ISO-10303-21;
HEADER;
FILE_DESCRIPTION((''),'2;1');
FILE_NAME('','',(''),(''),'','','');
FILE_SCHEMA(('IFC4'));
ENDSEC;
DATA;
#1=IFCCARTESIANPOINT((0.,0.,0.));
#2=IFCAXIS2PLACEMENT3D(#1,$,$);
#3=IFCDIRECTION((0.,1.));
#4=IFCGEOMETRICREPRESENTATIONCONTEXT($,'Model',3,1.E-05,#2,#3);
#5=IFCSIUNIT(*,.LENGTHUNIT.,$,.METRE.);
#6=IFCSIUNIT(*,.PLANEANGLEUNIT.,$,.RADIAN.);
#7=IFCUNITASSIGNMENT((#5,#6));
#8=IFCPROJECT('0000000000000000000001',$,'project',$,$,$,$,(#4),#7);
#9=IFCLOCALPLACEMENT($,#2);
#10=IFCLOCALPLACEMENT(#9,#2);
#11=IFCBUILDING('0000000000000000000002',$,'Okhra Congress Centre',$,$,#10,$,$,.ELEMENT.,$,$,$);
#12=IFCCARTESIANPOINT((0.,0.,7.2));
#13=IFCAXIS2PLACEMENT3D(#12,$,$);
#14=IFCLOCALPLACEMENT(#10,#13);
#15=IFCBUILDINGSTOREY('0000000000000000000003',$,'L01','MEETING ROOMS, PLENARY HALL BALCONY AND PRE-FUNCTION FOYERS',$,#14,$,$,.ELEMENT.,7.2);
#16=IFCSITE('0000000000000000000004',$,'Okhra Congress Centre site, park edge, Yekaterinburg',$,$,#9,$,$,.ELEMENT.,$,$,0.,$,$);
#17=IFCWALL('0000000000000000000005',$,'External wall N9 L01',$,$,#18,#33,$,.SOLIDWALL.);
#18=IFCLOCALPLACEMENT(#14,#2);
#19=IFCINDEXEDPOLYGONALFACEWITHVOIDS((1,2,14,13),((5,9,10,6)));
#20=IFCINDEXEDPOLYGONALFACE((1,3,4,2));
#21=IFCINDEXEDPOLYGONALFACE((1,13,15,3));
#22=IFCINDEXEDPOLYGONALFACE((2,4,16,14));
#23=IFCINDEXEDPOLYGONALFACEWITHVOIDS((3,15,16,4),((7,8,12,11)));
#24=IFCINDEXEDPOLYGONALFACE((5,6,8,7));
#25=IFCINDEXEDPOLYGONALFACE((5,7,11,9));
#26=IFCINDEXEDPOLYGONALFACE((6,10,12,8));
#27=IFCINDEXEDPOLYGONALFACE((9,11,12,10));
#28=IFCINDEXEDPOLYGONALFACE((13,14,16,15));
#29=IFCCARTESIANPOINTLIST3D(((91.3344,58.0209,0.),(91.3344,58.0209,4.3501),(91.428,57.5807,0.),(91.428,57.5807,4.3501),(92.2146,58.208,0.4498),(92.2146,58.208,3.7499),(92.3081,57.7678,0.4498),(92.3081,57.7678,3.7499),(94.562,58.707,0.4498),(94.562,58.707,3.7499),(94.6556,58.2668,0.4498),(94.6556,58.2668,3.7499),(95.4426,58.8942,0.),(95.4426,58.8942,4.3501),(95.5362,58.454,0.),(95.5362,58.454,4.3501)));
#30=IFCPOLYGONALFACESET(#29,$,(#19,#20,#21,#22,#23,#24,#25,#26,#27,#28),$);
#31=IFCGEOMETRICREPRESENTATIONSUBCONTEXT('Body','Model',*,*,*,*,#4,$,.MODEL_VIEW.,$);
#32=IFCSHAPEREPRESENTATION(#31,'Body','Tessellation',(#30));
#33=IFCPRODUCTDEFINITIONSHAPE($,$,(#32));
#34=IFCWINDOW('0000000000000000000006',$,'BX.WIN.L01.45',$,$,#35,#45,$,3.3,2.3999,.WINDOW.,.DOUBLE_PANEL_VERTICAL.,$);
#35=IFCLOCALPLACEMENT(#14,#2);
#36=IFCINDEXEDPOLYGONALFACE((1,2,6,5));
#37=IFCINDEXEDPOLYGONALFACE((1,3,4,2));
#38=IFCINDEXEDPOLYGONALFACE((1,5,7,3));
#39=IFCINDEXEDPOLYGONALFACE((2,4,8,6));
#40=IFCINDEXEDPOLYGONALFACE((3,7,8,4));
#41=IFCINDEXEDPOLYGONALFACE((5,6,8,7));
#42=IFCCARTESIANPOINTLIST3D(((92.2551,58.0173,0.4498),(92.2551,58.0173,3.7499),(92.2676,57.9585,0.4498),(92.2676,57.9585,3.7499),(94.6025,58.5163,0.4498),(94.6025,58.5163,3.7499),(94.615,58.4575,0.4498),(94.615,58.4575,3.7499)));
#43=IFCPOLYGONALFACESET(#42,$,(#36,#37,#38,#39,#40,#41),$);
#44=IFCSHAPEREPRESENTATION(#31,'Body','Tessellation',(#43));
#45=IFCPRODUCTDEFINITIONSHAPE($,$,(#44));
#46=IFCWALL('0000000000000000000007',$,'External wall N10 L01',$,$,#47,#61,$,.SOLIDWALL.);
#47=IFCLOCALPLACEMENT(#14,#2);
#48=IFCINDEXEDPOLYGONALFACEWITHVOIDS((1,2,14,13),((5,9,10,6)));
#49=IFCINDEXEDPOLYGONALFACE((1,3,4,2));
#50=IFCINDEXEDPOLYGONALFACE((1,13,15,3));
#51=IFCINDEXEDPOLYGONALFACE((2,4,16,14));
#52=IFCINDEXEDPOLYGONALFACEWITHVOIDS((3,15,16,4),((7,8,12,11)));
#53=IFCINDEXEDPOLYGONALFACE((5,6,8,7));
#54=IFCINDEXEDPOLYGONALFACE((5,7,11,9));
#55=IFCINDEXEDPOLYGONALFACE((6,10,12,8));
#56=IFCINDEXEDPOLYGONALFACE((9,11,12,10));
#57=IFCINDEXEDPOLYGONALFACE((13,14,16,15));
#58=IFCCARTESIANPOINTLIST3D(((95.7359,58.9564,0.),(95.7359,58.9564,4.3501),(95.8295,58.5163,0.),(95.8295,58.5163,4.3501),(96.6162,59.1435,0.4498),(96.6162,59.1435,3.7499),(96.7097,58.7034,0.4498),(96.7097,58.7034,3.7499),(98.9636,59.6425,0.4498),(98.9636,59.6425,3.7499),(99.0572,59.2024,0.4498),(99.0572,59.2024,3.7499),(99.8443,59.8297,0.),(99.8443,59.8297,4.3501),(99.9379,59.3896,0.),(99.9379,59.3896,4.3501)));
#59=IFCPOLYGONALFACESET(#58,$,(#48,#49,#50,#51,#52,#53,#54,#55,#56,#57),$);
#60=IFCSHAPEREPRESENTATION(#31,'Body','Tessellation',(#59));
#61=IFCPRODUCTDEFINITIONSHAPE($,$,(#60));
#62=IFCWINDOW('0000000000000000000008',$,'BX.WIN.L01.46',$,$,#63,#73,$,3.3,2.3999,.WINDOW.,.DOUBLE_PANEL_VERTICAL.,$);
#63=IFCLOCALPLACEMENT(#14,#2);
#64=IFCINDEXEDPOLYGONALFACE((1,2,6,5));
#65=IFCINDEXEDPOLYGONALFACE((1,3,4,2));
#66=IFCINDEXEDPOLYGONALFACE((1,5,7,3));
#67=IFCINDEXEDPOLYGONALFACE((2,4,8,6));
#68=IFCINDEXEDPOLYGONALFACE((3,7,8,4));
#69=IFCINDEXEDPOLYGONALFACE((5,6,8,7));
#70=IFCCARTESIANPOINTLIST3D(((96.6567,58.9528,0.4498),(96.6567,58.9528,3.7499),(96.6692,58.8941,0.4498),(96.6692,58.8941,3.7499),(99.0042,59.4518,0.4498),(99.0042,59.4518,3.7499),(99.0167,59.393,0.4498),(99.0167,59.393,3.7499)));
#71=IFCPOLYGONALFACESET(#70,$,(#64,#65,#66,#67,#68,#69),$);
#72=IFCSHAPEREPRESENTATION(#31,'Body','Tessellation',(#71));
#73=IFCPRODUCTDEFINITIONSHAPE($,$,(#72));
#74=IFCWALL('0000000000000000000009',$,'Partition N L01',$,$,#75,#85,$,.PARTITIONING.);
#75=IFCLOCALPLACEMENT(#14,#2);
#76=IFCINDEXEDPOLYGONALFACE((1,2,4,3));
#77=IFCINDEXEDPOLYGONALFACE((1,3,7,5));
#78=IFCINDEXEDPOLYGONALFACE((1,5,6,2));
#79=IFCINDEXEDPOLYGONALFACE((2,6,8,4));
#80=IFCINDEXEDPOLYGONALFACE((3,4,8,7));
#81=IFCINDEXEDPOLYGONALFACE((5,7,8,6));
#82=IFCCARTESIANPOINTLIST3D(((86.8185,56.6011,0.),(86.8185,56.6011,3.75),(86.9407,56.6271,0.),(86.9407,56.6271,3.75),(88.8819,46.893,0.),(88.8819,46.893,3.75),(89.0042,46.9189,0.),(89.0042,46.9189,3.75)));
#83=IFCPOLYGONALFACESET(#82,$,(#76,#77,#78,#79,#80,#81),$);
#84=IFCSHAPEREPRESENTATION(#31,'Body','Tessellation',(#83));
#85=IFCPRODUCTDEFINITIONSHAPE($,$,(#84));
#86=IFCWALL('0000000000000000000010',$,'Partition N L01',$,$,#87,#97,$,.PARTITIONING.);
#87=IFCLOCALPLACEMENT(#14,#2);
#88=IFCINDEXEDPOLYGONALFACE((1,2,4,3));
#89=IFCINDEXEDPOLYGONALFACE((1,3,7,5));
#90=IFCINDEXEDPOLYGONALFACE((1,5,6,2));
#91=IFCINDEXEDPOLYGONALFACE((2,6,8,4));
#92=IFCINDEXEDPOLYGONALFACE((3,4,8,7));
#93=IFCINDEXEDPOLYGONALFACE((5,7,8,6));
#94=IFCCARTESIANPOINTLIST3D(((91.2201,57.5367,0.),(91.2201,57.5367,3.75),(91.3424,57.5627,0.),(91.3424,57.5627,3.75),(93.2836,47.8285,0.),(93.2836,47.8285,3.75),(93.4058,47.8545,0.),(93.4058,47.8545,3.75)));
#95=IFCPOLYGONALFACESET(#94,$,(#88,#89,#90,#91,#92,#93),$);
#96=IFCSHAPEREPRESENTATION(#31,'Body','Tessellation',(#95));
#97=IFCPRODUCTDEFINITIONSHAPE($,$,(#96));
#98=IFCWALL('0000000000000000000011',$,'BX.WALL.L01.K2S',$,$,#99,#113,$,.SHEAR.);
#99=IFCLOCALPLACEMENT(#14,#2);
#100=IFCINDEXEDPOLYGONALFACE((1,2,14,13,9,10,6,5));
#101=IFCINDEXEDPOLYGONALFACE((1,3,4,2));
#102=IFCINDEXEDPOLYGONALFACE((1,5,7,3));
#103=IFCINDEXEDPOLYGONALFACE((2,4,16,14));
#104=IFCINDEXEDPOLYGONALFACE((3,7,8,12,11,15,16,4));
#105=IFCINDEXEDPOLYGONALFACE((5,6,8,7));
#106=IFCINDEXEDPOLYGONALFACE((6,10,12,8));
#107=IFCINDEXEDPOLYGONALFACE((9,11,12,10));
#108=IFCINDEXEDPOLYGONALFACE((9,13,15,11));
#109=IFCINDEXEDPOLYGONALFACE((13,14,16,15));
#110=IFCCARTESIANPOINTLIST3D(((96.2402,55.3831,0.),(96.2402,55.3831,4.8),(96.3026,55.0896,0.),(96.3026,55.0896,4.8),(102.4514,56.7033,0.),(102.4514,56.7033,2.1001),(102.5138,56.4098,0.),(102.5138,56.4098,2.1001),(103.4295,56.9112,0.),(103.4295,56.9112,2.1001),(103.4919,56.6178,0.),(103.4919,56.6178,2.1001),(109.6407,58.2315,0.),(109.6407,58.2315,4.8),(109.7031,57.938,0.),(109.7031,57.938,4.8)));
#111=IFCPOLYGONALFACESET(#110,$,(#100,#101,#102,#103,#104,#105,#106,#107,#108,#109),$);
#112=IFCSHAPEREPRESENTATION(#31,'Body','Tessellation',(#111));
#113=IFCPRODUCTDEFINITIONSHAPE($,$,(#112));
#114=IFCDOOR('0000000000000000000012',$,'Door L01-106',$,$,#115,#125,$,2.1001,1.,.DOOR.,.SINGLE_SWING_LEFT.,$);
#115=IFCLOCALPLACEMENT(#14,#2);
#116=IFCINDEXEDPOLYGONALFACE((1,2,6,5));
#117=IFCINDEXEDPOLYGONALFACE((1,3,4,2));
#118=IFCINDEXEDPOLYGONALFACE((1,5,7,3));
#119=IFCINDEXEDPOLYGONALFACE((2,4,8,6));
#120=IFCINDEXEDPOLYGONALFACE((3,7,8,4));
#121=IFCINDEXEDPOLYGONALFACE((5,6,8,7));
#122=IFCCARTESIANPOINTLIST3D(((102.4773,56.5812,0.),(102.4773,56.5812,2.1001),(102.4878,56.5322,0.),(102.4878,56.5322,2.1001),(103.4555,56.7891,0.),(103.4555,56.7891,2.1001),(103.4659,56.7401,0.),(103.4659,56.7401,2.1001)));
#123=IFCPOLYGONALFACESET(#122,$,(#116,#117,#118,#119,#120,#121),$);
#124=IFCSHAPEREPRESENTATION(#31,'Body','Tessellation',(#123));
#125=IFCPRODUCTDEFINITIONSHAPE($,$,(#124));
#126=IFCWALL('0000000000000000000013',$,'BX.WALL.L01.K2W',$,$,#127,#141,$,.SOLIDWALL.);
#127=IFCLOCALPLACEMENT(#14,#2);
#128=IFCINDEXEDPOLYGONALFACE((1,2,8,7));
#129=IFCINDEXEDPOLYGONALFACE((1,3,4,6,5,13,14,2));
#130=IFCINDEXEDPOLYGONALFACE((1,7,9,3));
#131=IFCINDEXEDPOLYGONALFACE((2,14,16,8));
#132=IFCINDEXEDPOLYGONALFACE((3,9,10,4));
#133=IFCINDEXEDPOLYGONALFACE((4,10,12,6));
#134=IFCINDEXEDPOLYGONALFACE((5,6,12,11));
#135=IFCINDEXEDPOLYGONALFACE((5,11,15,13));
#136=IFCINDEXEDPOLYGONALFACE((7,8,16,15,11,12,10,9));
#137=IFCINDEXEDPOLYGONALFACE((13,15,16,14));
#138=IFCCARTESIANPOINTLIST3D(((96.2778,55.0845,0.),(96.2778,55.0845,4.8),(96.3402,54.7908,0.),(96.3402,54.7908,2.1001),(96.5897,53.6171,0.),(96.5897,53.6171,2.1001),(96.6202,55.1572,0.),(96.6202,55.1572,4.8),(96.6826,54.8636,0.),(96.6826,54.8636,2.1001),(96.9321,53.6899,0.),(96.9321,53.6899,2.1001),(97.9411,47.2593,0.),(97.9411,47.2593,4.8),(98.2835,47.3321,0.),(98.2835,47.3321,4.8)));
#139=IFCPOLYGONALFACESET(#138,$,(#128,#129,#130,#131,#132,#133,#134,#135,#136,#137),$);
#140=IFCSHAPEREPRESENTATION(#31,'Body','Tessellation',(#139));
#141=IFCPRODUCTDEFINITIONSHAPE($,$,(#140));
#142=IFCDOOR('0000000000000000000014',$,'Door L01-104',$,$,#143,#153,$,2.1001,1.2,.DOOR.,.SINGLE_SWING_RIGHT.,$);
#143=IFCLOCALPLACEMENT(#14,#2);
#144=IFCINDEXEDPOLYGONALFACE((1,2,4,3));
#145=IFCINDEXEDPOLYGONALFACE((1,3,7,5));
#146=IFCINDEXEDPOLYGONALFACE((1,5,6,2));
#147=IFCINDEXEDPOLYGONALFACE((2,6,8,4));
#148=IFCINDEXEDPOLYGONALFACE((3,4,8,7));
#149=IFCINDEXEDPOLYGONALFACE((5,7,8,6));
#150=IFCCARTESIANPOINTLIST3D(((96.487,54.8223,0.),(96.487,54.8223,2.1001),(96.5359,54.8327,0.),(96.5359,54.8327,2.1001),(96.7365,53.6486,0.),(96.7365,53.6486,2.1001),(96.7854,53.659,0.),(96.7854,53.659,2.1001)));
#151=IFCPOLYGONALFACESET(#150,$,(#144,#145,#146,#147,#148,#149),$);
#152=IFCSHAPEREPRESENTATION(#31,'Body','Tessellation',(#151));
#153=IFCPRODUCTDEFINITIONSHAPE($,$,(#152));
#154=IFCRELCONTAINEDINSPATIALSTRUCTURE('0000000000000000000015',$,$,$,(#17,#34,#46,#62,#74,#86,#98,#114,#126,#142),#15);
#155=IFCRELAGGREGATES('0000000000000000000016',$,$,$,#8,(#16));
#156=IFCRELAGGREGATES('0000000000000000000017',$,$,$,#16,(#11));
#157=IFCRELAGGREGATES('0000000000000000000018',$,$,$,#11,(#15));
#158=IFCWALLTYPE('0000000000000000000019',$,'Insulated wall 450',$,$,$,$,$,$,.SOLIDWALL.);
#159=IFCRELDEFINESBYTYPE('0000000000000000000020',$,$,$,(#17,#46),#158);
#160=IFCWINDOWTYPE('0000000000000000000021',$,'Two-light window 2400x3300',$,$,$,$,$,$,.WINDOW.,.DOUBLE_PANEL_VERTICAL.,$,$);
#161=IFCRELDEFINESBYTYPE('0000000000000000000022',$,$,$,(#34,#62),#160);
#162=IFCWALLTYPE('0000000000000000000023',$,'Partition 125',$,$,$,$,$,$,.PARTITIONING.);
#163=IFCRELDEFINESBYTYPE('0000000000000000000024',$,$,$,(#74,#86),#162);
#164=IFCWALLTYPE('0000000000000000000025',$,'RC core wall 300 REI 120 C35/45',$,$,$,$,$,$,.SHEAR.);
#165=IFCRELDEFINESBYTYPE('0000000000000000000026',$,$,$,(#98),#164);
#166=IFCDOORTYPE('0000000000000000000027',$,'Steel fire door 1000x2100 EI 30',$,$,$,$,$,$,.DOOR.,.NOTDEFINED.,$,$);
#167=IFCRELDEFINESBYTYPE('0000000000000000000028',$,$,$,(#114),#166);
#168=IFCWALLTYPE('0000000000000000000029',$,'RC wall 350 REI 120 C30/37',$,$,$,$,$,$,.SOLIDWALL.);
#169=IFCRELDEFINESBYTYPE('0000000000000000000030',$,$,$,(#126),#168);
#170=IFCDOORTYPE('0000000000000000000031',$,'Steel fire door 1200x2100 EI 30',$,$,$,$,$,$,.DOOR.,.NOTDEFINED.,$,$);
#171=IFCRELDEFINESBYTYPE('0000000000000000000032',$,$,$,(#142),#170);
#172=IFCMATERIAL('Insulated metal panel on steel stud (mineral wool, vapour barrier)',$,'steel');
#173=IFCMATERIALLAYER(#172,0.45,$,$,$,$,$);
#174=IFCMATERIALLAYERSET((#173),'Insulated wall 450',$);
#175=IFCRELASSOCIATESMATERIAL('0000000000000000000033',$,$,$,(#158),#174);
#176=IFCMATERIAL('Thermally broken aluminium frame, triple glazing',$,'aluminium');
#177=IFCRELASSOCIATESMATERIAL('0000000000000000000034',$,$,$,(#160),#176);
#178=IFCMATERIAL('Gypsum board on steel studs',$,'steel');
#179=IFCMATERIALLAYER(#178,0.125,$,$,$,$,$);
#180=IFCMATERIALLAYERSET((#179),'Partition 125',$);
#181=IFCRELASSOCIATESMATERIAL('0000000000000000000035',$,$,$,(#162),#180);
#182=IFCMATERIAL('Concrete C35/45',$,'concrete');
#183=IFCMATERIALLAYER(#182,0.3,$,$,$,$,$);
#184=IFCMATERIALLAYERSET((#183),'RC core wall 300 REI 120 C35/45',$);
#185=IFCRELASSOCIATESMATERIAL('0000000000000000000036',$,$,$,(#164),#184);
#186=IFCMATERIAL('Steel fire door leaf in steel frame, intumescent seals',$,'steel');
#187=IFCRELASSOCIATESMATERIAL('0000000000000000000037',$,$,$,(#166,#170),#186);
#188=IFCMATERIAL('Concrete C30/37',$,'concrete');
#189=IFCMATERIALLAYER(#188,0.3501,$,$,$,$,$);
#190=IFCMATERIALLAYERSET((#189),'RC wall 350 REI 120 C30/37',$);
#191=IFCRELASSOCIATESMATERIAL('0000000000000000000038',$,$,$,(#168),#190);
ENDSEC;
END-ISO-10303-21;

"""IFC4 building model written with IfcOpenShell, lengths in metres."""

from ifc_helpers import new_model, si_unit, direction, frame, frame_2d, origin, place, context, subcontext, project, spatial, rectangle, extrude, material, layer, layer_set, type_object, element, fill, save


model = new_model("IFC4")

# Units and contexts
model_context = context("Model", 3, precision=1e-05, world=origin(), true_north=direction((0.0, 1.0)))
body_context = subcontext(model_context, "Body", "Model", "MODEL_VIEW")
ifc_project = project(units=[si_unit("LENGTHUNIT", "METRE"), si_unit("PLANEANGLEUNIT", "RADIAN")], contexts=[model_context])

# Site, building, storey
site_placement = place(None, origin())
site = spatial("IfcSite", under=ifc_project, at=site_placement, Name="Okhra Congress Centre site, park edge, Yekaterinburg", CompositionType="ELEMENT", RefElevation=0.0)
building_placement = place(site_placement, origin())
building = spatial("IfcBuilding", under=site, at=building_placement, Name="Okhra Congress Centre", CompositionType="ELEMENT")
storey_placement = place(building_placement, frame((0.0, 0.0, 7.2)))
storey = spatial("IfcBuildingStorey", under=building, at=storey_placement, Name="L01", Description="MEETING ROOMS, PLENARY HALL BALCONY AND PRE-FUNCTION FOYERS", CompositionType="ELEMENT", Elevation=7.2)

# Walls, openings, windows
ifc_material_1 = material(Name="Insulated metal panel on steel stud (mineral wool, vapour barrier)", Category="steel")
ifc_layer_1 = layer(ifc_material_1, 0.45)
ifc_layer_set_1 = layer_set([ifc_layer_1], Name="Insulated wall 450")
wall_type_1 = type_object("IfcWallType", Name="Insulated wall 450", PredefinedType="SOLIDWALL", material=ifc_layer_set_1)
ifc_material_2 = material(Name="Thermally broken aluminium frame, triple glazing", Category="aluminium")
wall_1_placement = place(storey_placement, frame((91.3811, 57.8008, 0.0), z_axis=(0.0, 0.0, 1.0), x_axis=(0.978144, 0.207929, 0.0)))
wall_1 = element("IfcWall", 1, at=wall_1_placement, inside=storey, type_object=wall_type_1, Name="External wall N9 L01", PredefinedType="SOLIDWALL", context=body_context, shape_type="SweptSolid", body=[
    extrude(rectangle(XDim=4.2, YDim=0.45, at=frame_2d((2.1001, 0.0))), origin(), (0.0, 0.0, 1.0), 4.3501),
])
opening_1_placement = place(wall_1_placement, frame((0.8999, 0.0, 0.45)))
opening_1 = element("IfcOpeningElement", 2, at=opening_1_placement, cuts=wall_1, PredefinedType="OPENING", context=body_context, shape_type="SweptSolid", body=[
    extrude(rectangle(XDim=2.3999, YDim=3.3, at=frame_2d((1.2, 1.6499))), frame((0.0, 0.2349, 0.0), z_axis=(0.0, -1.0, 0.0), x_axis=(1.0, 0.0, 0.0)), (0.0, 0.0, 1.0), 0.47),
])
window_type_1 = type_object("IfcWindowType", Name="Two-light window 2400x3300", PartitioningType="DOUBLE_PANEL_VERTICAL", PredefinedType="WINDOW", material=ifc_material_2)
window_1_placement = place(opening_1_placement, origin())
window_1 = element("IfcWindow", 3, at=window_1_placement, inside=storey, type_object=window_type_1, Name="BX.WIN.L01.45", OverallHeight=3.3, OverallWidth=2.3999, PartitioningType="DOUBLE_PANEL_VERTICAL", PredefinedType="WINDOW", context=body_context, shape_type="SweptSolid", body=[
    extrude(rectangle(XDim=2.3999, YDim=3.3, at=frame_2d((1.2, 1.6499))), frame((0.0, 0.03, 0.0), z_axis=(0.0, -1.0, 0.0), x_axis=(1.0, 0.0, 0.0)), (0.0, 0.0, 1.0), 0.0601),
])
fill(opening_1, window_1)
wall_2_placement = place(storey_placement, frame((95.7827, 58.7363, 0.0), z_axis=(0.0, 0.0, 1.0), x_axis=(0.978146, 0.207917, 0.0)))
wall_2 = element("IfcWall", 4, at=wall_2_placement, inside=storey, type_object=wall_type_1, Name="External wall N10 L01", PredefinedType="SOLIDWALL", context=body_context, shape_type="SweptSolid", body=[
    extrude(rectangle(XDim=4.2002, YDim=0.45, at=frame_2d((2.1001, 0.0))), origin(), (0.0, 0.0, 1.0), 4.3501),
])
opening_2_placement = place(wall_2_placement, frame((0.8999, 0.0, 0.45)))
opening_2 = element("IfcOpeningElement", 5, at=opening_2_placement, cuts=wall_2, PredefinedType="OPENING", context=body_context, shape_type="SweptSolid", body=[
    extrude(rectangle(XDim=2.3999, YDim=3.3, at=frame_2d((1.2, 1.6499))), frame((0.0, 0.2349, 0.0), z_axis=(0.0, -1.0, 0.0), x_axis=(1.0, 0.0, 0.0)), (0.0, 0.0, 1.0), 0.47),
])
window_2_placement = place(opening_2_placement, origin())
window_2 = element("IfcWindow", 6, at=window_2_placement, inside=storey, type_object=window_type_1, Name="BX.WIN.L01.46", OverallHeight=3.3, OverallWidth=2.3999, PartitioningType="DOUBLE_PANEL_VERTICAL", PredefinedType="WINDOW", context=body_context, shape_type="SweptSolid", body=[
    extrude(rectangle(XDim=2.3999, YDim=3.3, at=frame_2d((1.2, 1.6499))), frame((0.0, 0.03, 0.0), z_axis=(0.0, -1.0, 0.0), x_axis=(1.0, 0.0, 0.0)), (0.0, 0.0, 1.0), 0.0601),
])
fill(opening_2, window_2)

# Walls
ifc_material_3 = material(Name="Gypsum board on steel studs", Category="steel")
ifc_layer_2 = layer(ifc_material_3, 0.125)
ifc_layer_set_2 = layer_set([ifc_layer_2], Name="Partition 125")
wall_type_2 = type_object("IfcWallType", Name="Partition 125", PredefinedType="PARTITIONING", material=ifc_layer_set_2)
for number, where, z_axis, x_axis, name in (
    (7, (86.8796, 56.614, 0.0), (0.0, 0.0, 1.0), (0.207904, -0.978149, 0.0), "Partition N L01"),
    (8, (91.2812, 57.5496, 0.0), (0.0, 0.0, 1.0), (0.207904, -0.978149, 0.0), "Partition N L01"),
):
    element("IfcWall", number, at=place(storey_placement, frame(where, z_axis=z_axis, x_axis=x_axis)), inside=storey, type_object=wall_type_2, Name=name, PredefinedType="PARTITIONING", context=body_context, shape_type="SweptSolid", body=[
        extrude(rectangle(XDim=9.925, YDim=0.125, at=frame_2d((4.9624, 0.0))), origin(), (0.0, 0.0, 1.0), 3.75),
    ])

# Walls, openings, doors
ifc_material_4 = material(Name="Concrete C35/45", Category="concrete")
ifc_layer_3 = layer(ifc_material_4, 0.3)
ifc_layer_set_3 = layer_set([ifc_layer_3], Name="RC core wall 300 REI 120 C35/45")
wall_type_3 = type_object("IfcWallType", Name="RC core wall 300 REI 120 C35/45", PredefinedType="SHEAR", material=ifc_layer_set_3)
wall_3_placement = place(storey_placement, frame((96.2712, 55.2363, 0.0), z_axis=(0.0, 0.0, 1.0), x_axis=(0.978148, 0.207911, 0.0)))
wall_3 = element("IfcWall", 9, at=wall_3_placement, inside=storey, type_object=wall_type_3, Name="BX.WALL.L01.K2S", PredefinedType="SHEAR", context=body_context, shape_type="SweptSolid", body=[
    extrude(rectangle(XDim=13.7, YDim=0.3, at=frame_2d((6.8501, 0.0))), origin(), (0.0, 0.0, 1.0), 4.8),
])
opening_3_placement = place(wall_3_placement, frame((6.3501, 0.0, 0.0)))
opening_3 = element("IfcOpeningElement", 10, at=opening_3_placement, cuts=wall_3, PredefinedType="OPENING", context=body_context, shape_type="SweptSolid", body=[
    extrude(rectangle(XDim=1.0, YDim=2.1001, at=frame_2d((0.5, 1.05))), frame((0.0, 0.1599, 0.0), z_axis=(0.0, -1.0, 0.0), x_axis=(1.0, 0.0, 0.0)), (0.0, 0.0, 1.0), 0.3201),
])
ifc_material_5 = material(Name="Steel fire door leaf in steel frame, intumescent seals", Category="steel")
door_type_1 = type_object("IfcDoorType", Name="Steel fire door 1000x2100 EI 30", OperationType="NOTDEFINED", PredefinedType="DOOR", material=ifc_material_5)
door_1_placement = place(opening_3_placement, frame((1.0, 0.0, 0.0), z_axis=(0.0, 0.0, 1.0), x_axis=(-1.0, 0.0, 0.0)))
door_1 = element("IfcDoor", 11, at=door_1_placement, inside=storey, type_object=door_type_1, Name="Door L01-106", OperationType="SINGLE_SWING_LEFT", OverallHeight=2.1001, OverallWidth=1.0, PredefinedType="DOOR", context=body_context, shape_type="SweptSolid", body=[
    extrude(rectangle(XDim=1.0, YDim=2.1001, at=frame_2d((0.5, 1.05))), frame((0.0, 0.0249, 0.0), z_axis=(0.0, -1.0, 0.0), x_axis=(1.0, 0.0, 0.0)), (0.0, 0.0, 1.0), 0.05),
])
fill(opening_3, door_1)
ifc_material_6 = material(Name="Concrete C30/37", Category="concrete")
ifc_layer_4 = layer(ifc_material_6, 0.3501)
ifc_layer_set_4 = layer_set([ifc_layer_4], Name="RC wall 350 REI 120 C30/37")
wall_type_4 = type_object("IfcWallType", Name="RC wall 350 REI 120 C30/37", PredefinedType="SOLIDWALL", material=ifc_layer_set_4)
wall_4_placement = place(storey_placement, frame((96.449, 55.1208, 0.0), z_axis=(0.0, 0.0, 1.0), x_axis=(0.207916, -0.978147, 0.0)))
wall_4 = element("IfcWall", 12, at=wall_4_placement, inside=storey, type_object=wall_type_4, Name="BX.WALL.L01.K2W", PredefinedType="SOLIDWALL", context=body_context, shape_type="SweptSolid", body=[
    extrude(rectangle(XDim=8.0, YDim=0.3501, at=frame_2d((4.0, 0.0))), origin(), (0.0, 0.0, 1.0), 4.8),
])
opening_4_placement = place(wall_4_placement, frame((0.3, 0.0, 0.0)))
opening_4 = element("IfcOpeningElement", 13, at=opening_4_placement, cuts=wall_4, PredefinedType="OPENING", context=body_context, shape_type="SweptSolid", body=[
    extrude(rectangle(XDim=1.2, YDim=2.1001, at=frame_2d((0.6001, 1.05))), frame((0.0, 0.1851, 0.0), z_axis=(0.0, -1.0, 0.0), x_axis=(1.0, 0.0, 0.0)), (0.0, 0.0, 1.0), 0.3701),
])
door_type_2 = type_object("IfcDoorType", Name="Steel fire door 1200x2100 EI 30", OperationType="NOTDEFINED", PredefinedType="DOOR", material=ifc_material_5)
door_2_placement = place(opening_4_placement, frame((1.2, 0.0, 0.0), z_axis=(0.0, 0.0, 1.0), x_axis=(-1.0, 0.0, 0.0)))
door_2 = element("IfcDoor", 14, at=door_2_placement, inside=storey, type_object=door_type_2, Name="Door L01-104", OperationType="SINGLE_SWING_RIGHT", OverallHeight=2.1001, OverallWidth=1.2, PredefinedType="DOOR", context=body_context, shape_type="SweptSolid", body=[
    extrude(rectangle(XDim=1.2, YDim=2.1001, at=frame_2d((0.6001, 1.05))), frame((0.0, 0.0249, 0.0), z_axis=(0.0, -1.0, 0.0), x_axis=(1.0, 0.0, 0.0)), (0.0, 0.0, 1.0), 0.05),
])
fill(opening_4, door_2)

save(model, "model.ifc")
